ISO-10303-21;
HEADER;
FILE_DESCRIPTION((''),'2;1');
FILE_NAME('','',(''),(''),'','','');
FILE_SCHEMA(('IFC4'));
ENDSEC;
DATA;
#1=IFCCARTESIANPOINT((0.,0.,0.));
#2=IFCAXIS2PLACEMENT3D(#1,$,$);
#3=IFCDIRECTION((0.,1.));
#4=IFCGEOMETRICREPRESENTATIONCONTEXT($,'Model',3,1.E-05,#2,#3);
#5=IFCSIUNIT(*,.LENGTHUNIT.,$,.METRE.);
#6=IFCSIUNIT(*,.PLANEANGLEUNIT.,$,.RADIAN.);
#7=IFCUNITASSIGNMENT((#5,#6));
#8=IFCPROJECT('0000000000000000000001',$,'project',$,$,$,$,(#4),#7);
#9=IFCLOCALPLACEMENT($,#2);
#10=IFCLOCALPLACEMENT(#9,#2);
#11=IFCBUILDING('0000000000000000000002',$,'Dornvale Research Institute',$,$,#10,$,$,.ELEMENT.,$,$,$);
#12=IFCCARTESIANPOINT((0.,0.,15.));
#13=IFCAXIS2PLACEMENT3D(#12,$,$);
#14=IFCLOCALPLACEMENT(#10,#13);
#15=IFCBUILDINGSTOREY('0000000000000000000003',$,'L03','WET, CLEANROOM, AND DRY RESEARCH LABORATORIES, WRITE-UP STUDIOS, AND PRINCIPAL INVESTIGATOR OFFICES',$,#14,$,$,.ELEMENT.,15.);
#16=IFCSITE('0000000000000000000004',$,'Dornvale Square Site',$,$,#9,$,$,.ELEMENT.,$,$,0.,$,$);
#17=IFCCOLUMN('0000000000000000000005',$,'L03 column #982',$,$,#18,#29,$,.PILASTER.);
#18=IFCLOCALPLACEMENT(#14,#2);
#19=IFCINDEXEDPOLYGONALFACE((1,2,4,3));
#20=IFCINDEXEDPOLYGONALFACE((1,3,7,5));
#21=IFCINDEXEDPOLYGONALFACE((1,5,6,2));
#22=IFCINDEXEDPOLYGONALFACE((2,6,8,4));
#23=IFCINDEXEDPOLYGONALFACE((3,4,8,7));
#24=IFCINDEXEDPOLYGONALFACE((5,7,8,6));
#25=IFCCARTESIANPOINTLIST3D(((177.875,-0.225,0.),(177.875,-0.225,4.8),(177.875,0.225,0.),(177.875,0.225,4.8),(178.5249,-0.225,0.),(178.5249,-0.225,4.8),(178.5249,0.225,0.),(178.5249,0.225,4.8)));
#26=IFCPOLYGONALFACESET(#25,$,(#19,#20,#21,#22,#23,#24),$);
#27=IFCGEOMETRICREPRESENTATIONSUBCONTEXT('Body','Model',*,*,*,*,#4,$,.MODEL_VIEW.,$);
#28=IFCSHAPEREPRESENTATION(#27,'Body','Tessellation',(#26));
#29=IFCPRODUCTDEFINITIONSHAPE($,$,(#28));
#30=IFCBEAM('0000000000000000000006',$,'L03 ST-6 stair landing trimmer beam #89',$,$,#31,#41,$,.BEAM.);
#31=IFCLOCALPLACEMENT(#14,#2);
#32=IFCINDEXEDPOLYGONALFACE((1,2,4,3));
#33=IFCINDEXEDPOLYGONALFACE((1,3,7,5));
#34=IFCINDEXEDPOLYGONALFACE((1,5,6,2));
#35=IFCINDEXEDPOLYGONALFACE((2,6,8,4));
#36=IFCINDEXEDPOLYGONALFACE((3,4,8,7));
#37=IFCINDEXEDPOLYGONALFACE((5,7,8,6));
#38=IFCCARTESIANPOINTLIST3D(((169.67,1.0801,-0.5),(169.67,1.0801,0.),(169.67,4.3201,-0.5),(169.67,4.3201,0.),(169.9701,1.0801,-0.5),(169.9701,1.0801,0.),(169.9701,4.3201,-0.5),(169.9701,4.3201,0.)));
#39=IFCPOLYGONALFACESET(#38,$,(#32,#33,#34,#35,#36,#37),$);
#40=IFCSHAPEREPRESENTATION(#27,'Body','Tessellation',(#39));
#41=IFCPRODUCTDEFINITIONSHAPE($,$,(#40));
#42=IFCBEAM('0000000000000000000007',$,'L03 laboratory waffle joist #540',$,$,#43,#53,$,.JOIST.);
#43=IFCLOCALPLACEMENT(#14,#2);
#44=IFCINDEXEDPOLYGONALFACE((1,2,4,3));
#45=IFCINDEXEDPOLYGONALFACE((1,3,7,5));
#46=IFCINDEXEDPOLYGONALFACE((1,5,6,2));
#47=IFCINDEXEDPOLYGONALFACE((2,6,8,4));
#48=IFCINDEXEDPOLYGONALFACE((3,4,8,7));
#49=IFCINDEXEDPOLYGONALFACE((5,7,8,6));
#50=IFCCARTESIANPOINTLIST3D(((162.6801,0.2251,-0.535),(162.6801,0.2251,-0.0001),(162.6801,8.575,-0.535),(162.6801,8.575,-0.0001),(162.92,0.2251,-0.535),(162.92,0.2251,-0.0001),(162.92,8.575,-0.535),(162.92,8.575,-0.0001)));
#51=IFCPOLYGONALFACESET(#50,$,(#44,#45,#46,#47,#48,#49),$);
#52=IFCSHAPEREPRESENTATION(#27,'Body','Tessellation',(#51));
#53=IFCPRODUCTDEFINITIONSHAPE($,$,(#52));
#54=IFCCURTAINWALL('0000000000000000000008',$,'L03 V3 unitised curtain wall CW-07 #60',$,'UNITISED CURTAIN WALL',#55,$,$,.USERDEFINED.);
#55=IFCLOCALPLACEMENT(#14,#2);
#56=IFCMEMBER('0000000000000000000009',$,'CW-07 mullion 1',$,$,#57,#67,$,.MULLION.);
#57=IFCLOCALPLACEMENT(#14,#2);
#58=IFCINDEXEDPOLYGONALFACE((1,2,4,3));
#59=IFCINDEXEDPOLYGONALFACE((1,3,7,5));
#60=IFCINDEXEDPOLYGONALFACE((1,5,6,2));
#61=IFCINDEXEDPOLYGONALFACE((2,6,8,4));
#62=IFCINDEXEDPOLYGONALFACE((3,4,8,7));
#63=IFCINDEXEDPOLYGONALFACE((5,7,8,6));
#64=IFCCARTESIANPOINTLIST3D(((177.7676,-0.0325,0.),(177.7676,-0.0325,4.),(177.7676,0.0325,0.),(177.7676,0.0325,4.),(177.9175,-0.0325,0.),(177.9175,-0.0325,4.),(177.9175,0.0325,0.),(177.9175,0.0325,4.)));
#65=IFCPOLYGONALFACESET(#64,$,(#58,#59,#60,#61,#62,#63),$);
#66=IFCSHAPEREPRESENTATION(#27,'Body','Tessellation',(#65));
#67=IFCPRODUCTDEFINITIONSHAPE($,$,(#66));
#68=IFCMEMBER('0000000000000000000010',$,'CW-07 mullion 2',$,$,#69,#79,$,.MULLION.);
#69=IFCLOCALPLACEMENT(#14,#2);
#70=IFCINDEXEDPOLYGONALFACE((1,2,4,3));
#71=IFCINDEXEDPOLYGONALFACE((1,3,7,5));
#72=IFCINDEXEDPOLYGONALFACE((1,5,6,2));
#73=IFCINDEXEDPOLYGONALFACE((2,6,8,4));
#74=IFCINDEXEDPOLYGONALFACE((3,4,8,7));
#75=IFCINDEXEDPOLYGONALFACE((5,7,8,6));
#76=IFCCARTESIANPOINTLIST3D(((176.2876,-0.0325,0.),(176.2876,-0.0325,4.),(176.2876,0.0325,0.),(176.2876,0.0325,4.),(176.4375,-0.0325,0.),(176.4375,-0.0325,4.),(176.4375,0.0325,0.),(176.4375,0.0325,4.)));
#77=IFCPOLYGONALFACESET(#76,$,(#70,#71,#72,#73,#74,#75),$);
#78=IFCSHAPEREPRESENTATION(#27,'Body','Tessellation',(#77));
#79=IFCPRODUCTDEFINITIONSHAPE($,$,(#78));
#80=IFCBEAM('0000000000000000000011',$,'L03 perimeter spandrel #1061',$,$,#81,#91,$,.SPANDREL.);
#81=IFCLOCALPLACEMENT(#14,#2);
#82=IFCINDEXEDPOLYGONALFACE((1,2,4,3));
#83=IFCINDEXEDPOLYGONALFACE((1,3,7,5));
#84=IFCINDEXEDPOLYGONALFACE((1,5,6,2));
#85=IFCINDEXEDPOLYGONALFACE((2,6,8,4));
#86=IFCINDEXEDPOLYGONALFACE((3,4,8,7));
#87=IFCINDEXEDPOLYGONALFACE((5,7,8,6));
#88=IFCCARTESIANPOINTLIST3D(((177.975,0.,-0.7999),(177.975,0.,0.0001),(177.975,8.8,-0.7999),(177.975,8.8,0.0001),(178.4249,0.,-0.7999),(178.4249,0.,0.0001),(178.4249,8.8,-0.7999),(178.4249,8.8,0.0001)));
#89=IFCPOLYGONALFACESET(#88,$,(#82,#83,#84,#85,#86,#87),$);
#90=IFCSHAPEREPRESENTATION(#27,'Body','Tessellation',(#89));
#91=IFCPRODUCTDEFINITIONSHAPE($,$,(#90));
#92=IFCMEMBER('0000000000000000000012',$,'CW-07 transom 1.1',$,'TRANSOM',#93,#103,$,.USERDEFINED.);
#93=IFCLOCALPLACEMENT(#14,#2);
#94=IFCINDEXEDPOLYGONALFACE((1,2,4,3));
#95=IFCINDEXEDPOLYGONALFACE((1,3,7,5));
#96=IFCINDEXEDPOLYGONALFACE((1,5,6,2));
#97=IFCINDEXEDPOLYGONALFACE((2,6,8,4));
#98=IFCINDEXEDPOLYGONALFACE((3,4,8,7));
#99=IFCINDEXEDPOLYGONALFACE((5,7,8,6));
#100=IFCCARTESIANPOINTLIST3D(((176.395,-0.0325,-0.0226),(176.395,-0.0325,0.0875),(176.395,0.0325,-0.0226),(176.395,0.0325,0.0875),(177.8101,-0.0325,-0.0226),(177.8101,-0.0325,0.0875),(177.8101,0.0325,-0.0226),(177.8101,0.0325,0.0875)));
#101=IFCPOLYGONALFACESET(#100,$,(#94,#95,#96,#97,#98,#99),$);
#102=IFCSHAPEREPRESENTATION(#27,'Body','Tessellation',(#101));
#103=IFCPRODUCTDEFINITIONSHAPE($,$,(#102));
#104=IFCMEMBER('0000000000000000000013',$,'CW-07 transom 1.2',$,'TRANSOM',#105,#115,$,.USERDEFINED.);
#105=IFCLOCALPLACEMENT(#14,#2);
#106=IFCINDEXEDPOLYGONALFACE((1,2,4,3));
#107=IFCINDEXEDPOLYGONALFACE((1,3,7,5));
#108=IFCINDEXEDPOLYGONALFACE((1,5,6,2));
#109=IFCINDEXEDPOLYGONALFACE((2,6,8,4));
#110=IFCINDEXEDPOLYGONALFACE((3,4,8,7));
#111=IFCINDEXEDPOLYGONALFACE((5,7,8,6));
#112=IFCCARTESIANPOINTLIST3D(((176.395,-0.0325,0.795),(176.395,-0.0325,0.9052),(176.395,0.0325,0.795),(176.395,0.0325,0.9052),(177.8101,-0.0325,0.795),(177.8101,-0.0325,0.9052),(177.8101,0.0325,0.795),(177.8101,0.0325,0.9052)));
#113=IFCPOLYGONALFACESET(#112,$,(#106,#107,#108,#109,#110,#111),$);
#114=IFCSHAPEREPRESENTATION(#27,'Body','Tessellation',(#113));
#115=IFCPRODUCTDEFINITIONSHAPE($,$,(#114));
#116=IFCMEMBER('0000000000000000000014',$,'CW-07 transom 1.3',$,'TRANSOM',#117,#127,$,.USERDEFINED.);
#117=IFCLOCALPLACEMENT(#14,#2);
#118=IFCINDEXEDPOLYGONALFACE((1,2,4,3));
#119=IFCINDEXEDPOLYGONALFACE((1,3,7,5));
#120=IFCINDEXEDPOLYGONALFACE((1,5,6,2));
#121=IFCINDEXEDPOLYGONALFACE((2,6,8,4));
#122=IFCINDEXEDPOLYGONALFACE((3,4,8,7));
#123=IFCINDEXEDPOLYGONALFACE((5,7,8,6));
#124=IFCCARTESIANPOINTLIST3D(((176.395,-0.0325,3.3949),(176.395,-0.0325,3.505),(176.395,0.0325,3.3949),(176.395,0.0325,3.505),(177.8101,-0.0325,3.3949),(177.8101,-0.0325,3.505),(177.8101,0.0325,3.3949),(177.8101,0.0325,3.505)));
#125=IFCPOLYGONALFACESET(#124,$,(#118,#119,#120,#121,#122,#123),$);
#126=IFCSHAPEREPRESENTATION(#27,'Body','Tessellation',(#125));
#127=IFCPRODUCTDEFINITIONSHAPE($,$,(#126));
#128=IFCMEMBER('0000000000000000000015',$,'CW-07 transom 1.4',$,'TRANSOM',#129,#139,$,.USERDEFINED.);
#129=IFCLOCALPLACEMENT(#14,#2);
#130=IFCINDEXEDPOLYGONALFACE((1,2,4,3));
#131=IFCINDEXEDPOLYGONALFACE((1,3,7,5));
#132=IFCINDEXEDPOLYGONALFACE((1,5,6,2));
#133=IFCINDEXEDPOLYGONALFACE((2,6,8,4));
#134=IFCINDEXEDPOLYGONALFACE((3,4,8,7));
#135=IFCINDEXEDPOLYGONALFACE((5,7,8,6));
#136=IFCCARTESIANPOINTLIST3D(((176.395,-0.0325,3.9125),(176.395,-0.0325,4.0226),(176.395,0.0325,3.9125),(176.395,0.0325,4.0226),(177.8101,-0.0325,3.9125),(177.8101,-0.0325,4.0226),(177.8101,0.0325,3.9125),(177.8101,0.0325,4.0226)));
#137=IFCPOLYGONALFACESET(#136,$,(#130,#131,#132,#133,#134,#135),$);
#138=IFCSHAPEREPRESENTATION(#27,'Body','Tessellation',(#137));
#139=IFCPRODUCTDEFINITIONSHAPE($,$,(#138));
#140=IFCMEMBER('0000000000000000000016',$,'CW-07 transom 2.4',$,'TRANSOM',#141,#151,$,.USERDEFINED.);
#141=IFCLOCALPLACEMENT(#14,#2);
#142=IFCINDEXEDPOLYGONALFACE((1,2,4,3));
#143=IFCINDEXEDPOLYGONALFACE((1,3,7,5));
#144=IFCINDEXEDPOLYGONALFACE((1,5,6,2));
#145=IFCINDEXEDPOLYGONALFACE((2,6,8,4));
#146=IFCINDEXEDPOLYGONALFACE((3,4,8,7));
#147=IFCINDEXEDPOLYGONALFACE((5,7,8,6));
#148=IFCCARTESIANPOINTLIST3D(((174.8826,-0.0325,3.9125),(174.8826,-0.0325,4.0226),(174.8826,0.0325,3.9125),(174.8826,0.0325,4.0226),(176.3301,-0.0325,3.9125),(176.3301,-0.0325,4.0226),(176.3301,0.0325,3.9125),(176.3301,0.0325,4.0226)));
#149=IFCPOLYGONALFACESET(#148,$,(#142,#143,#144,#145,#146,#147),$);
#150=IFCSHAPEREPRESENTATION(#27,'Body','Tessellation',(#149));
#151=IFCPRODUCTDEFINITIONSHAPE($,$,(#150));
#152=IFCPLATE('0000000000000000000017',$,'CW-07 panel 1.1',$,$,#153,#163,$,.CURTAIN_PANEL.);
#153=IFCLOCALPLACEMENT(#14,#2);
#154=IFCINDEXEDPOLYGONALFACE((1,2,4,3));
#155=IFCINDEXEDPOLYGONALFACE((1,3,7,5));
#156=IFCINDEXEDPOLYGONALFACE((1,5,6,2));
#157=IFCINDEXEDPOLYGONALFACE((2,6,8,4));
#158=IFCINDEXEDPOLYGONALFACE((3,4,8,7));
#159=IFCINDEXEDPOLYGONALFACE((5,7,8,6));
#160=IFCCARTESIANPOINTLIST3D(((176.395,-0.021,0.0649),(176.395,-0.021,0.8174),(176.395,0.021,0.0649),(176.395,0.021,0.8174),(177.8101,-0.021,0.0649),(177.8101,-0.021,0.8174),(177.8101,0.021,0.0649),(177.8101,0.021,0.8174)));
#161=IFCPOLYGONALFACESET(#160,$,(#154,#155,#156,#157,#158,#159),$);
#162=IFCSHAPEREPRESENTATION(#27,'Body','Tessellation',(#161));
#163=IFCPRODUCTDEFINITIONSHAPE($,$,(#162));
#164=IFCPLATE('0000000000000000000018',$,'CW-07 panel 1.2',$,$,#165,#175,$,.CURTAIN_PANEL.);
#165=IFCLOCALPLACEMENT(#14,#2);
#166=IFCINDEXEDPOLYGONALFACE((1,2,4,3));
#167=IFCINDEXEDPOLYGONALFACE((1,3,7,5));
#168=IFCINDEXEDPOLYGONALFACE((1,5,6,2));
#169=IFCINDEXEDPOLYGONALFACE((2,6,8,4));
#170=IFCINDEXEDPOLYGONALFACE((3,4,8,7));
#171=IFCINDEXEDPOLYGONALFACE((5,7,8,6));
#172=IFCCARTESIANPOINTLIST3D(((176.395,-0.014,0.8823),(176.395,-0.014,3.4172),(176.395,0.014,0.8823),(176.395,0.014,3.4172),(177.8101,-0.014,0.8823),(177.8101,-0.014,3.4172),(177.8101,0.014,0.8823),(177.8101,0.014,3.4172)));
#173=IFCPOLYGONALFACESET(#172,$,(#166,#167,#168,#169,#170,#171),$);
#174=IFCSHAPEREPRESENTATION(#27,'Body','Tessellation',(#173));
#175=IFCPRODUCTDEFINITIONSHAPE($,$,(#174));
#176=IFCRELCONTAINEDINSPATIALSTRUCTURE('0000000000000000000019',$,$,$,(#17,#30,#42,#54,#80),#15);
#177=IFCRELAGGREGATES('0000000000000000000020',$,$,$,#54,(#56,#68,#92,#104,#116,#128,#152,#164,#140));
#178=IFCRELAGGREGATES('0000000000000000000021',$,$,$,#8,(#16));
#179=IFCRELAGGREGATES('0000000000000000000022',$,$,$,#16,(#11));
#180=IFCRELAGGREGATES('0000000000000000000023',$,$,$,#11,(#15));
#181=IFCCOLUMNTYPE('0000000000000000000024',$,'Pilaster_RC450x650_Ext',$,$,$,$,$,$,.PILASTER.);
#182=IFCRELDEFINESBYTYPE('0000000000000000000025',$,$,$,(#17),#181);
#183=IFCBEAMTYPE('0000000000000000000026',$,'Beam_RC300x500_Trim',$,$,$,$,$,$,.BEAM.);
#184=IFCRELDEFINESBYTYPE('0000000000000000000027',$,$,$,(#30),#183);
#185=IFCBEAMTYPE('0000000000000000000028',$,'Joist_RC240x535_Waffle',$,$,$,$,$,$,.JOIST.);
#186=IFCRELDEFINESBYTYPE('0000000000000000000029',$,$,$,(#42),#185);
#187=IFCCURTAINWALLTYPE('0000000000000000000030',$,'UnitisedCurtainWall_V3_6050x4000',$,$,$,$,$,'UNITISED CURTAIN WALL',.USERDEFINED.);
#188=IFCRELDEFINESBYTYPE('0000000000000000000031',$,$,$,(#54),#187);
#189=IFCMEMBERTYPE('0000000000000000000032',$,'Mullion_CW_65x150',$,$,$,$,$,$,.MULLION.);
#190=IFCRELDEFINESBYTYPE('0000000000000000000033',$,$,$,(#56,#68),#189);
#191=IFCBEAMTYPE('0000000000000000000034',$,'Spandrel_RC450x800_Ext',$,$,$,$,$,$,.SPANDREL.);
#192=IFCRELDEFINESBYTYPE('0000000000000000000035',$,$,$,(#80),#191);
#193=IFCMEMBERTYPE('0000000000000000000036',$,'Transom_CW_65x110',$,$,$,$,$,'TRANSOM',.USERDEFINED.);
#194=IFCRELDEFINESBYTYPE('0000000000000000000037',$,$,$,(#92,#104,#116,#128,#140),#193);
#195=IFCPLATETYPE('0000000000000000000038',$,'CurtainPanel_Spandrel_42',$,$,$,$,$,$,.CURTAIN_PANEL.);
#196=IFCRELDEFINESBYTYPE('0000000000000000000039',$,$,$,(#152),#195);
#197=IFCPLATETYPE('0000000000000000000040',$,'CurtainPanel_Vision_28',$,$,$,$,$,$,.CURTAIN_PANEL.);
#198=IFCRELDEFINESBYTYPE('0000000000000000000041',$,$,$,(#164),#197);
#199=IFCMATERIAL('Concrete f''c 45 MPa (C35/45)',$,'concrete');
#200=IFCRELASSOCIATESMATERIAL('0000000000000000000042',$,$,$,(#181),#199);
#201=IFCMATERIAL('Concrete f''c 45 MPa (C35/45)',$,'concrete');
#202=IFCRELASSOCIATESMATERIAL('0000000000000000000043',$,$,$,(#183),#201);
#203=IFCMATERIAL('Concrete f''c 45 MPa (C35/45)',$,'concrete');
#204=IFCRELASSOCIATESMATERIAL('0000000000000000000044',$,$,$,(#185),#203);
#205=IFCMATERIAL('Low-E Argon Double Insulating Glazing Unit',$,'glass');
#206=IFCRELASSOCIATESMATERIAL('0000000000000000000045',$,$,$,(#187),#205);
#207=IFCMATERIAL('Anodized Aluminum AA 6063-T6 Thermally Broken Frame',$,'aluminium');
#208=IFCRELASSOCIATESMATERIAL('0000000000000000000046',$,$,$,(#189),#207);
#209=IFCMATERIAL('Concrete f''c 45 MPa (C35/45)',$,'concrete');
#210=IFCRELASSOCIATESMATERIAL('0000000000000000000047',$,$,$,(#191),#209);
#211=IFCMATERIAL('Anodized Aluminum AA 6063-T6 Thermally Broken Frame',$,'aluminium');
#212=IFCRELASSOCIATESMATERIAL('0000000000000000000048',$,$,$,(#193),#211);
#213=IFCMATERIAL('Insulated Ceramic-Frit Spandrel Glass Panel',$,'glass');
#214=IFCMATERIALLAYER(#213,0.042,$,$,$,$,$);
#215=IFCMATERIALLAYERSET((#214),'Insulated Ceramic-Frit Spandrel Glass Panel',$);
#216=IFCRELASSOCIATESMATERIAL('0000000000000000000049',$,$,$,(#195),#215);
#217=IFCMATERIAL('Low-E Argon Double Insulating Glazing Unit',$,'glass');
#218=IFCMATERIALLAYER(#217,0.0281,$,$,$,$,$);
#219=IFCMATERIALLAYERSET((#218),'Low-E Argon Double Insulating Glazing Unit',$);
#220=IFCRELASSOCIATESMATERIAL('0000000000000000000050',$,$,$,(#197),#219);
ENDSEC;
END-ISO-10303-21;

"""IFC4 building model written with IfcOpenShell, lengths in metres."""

from ifc_helpers import new_model, si_unit, direction, frame, origin, origin_2d, place, context, subcontext, project, spatial, rectangle, extrude, material, layer, layer_set, material_profile, profile_set, type_object, element, aggregate, save


model = new_model("IFC4")

# Units and contexts
model_context = context("Model", 3, precision=1e-05, world=origin(), true_north=direction((0.0, 1.0)))
body_context = subcontext(model_context, "Body", "Model", "MODEL_VIEW")
ifc_project = project(units=[si_unit("LENGTHUNIT", "METRE"), si_unit("PLANEANGLEUNIT", "RADIAN")], contexts=[model_context])

# Site, building, storey
site_placement = place(None, origin())
site = spatial("IfcSite", under=ifc_project, at=site_placement, Name="Dornvale Square Site", CompositionType="ELEMENT", RefElevation=0.0)
building_placement = place(site_placement, origin())
building = spatial("IfcBuilding", under=site, at=building_placement, Name="Dornvale Research Institute", CompositionType="ELEMENT")
storey_placement = place(building_placement, frame((0.0, 0.0, 15.0)))
storey = spatial("IfcBuildingStorey", under=building, at=storey_placement, Name="L03", Description="WET, CLEANROOM, AND DRY RESEARCH LABORATORIES, WRITE-UP STUDIOS, AND PRINCIPAL INVESTIGATOR OFFICES", CompositionType="ELEMENT", Elevation=15.0)

# Column
ifc_material_1 = material(Name="Concrete f'c 45 MPa (C35/45)", Category="concrete")
ifc_material_profile_1 = material_profile(ifc_material_1, rectangle(XDim=0.45, YDim=0.6499, at=origin_2d()), Name="RC 450x650")
ifc_profile_set_1 = profile_set([ifc_material_profile_1], Name="Concrete f'c 45 MPa (C35/45)")
column_type = type_object("IfcColumnType", Name="Pilaster_RC450x650_Ext", PredefinedType="PILASTER", material=ifc_profile_set_1)
column_placement = place(storey_placement, frame((178.2, 0.0, 0.0), z_axis=(0.0, 0.0, 1.0), x_axis=(0.0, 1.0, 0.0)))
element("IfcColumn", 1, at=column_placement, inside=storey, type_object=column_type, Name="L03 column #982", PredefinedType="PILASTER", context=body_context, shape_type="SweptSolid", body=[
    extrude(rectangle(XDim=0.45, YDim=0.6499, at=origin_2d()), origin(), (0.0, 0.0, 1.0), 4.8),
])

# Beams
ifc_material_2 = material(Name="Concrete f'c 45 MPa (C35/45)", Category="concrete")
ifc_material_profile_2 = material_profile(ifc_material_2, rectangle(XDim=0.3, YDim=0.5, at=origin_2d()), Name="RC 300x500")
ifc_profile_set_2 = profile_set([ifc_material_profile_2], Name="Concrete f'c 45 MPa (C35/45)")
beam_type_1 = type_object("IfcBeamType", Name="Beam_RC300x500_Trim", PredefinedType="BEAM", material=ifc_profile_set_2)
beam_1_placement = place(storey_placement, frame((169.8201, 1.0801, -0.25), z_axis=(0.0, 1.0, 0.0), x_axis=(-1.0, 0.0, 0.0)))
element("IfcBeam", 2, at=beam_1_placement, inside=storey, type_object=beam_type_1, Name="L03 ST-6 stair landing trimmer beam #89", PredefinedType="BEAM", context=body_context, shape_type="SweptSolid", body=[
    extrude(rectangle(XDim=0.3, YDim=0.5, at=origin_2d()), origin(), (0.0, 0.0, 1.0), 3.24),
])
ifc_material_3 = material(Name="Concrete f'c 45 MPa (C35/45)", Category="concrete")
ifc_material_profile_3 = material_profile(ifc_material_3, rectangle(XDim=0.24, YDim=0.5349, at=origin_2d()), Name="RC 240x535")
ifc_profile_set_3 = profile_set([ifc_material_profile_3], Name="Concrete f'c 45 MPa (C35/45)")
beam_type_2 = type_object("IfcBeamType", Name="Joist_RC240x535_Waffle", PredefinedType="JOIST", material=ifc_profile_set_3)
beam_2_placement = place(storey_placement, frame((162.8, 0.2251, -0.2676), z_axis=(0.0, 1.0, 0.0), x_axis=(-1.0, 0.0, 0.0)))
element("IfcBeam", 3, at=beam_2_placement, inside=storey, type_object=beam_type_2, Name="L03 laboratory waffle joist #540", PredefinedType="JOIST", context=body_context, shape_type="SweptSolid", body=[
    extrude(rectangle(XDim=0.24, YDim=0.5349, at=origin_2d()), origin(), (0.0, 0.0, 1.0), 8.3499),
])

# Curtain wall, members
ifc_material_4 = material(Name="Low-E Argon Double Insulating Glazing Unit", Category="glass")
curtain_wall_type = type_object("IfcCurtainWallType", Name="UnitisedCurtainWall_V3_6050x4000", ElementType="UNITISED CURTAIN WALL", PredefinedType="USERDEFINED", material=ifc_material_4)
curtain_wall_placement = place(storey_placement, origin())
curtain_wall = element("IfcCurtainWall", 4, at=curtain_wall_placement, inside=storey, type_object=curtain_wall_type, Name="L03 V3 unitised curtain wall CW-07 #60", ObjectType="UNITISED CURTAIN WALL", PredefinedType="USERDEFINED")
ifc_material_5 = material(Name="Anodized Aluminum AA 6063-T6 Thermally Broken Frame", Category="aluminium")
ifc_material_profile_4 = material_profile(ifc_material_5, rectangle(XDim=0.0649, YDim=0.1499, at=origin_2d()), Name="ALU MULLION 65x150")
ifc_profile_set_4 = profile_set([ifc_material_profile_4], Name="Anodized Aluminum AA 6063-T6 Thermally Broken Frame")
member_type_1 = type_object("IfcMemberType", Name="Mullion_CW_65x150", PredefinedType="MULLION", material=ifc_profile_set_4)
member_1_placement = place(storey_placement, frame((177.8425, 0.0, 0.0), z_axis=(0.0, 0.0, 1.0), x_axis=(0.0, -1.0, 0.0)))
member_1 = element("IfcMember", 5, at=member_1_placement, type_object=member_type_1, Name="CW-07 mullion 1", PredefinedType="MULLION", context=body_context, shape_type="SweptSolid", body=[
    extrude(rectangle(XDim=0.0649, YDim=0.1499, at=origin_2d()), origin(), (0.0, 0.0, 1.0), 4.0),
])
member_2_placement = place(storey_placement, frame((176.3625, 0.0, 0.0), z_axis=(0.0, 0.0, 1.0), x_axis=(0.0, -1.0, 0.0)))
member_2 = element("IfcMember", 6, at=member_2_placement, type_object=member_type_1, Name="CW-07 mullion 2", PredefinedType="MULLION", context=body_context, shape_type="SweptSolid", body=[
    extrude(rectangle(XDim=0.0649, YDim=0.1499, at=origin_2d()), origin(), (0.0, 0.0, 1.0), 4.0),
])

# Beam
ifc_material_6 = material(Name="Concrete f'c 45 MPa (C35/45)", Category="concrete")
ifc_material_profile_5 = material_profile(ifc_material_6, rectangle(XDim=0.45, YDim=0.8, at=origin_2d()), Name="RC 450x800")
ifc_profile_set_5 = profile_set([ifc_material_profile_5], Name="Concrete f'c 45 MPa (C35/45)")
beam_type_3 = type_object("IfcBeamType", Name="Spandrel_RC450x800_Ext", PredefinedType="SPANDREL", material=ifc_profile_set_5)
beam_3_placement = place(storey_placement, frame((178.2, 0.0, -0.3999), z_axis=(0.0, 1.0, 0.0), x_axis=(-1.0, 0.0, 0.0)))
element("IfcBeam", 7, at=beam_3_placement, inside=storey, type_object=beam_type_3, Name="L03 perimeter spandrel #1061", PredefinedType="SPANDREL", context=body_context, shape_type="SweptSolid", body=[
    extrude(rectangle(XDim=0.45, YDim=0.8, at=origin_2d()), origin(), (0.0, 0.0, 1.0), 8.8),
])

# Members
ifc_material_7 = material(Name="Anodized Aluminum AA 6063-T6 Thermally Broken Frame", Category="aluminium")
ifc_material_profile_6 = material_profile(ifc_material_7, rectangle(XDim=0.0649, YDim=0.1101, at=origin_2d()), Name="ALU TRANSOM 65x110")
ifc_profile_set_6 = profile_set([ifc_material_profile_6], Name="Anodized Aluminum AA 6063-T6 Thermally Broken Frame")
member_type_2 = type_object("IfcMemberType", Name="Transom_CW_65x110", ElementType="TRANSOM", PredefinedType="USERDEFINED", material=ifc_profile_set_6)
member_3_placement = place(storey_placement, frame((177.8101, 0.0, 0.0325), z_axis=(-1.0, 0.0, 0.0), x_axis=(0.0, -1.0, 0.0)))
member_3 = element("IfcMember", 8, at=member_3_placement, type_object=member_type_2, Name="CW-07 transom 1.1", ObjectType="TRANSOM", PredefinedType="USERDEFINED", context=body_context, shape_type="SweptSolid", body=[
    extrude(rectangle(XDim=0.0649, YDim=0.1101, at=origin_2d()), origin(), (0.0, 0.0, 1.0), 1.415),
])
member_4_placement = place(storey_placement, frame((177.8101, 0.0, 0.8501), z_axis=(-1.0, 0.0, 0.0), x_axis=(0.0, -1.0, 0.0)))
member_4 = element("IfcMember", 9, at=member_4_placement, type_object=member_type_2, Name="CW-07 transom 1.2", ObjectType="TRANSOM", PredefinedType="USERDEFINED", context=body_context, shape_type="SweptSolid", body=[
    extrude(rectangle(XDim=0.0649, YDim=0.1101, at=origin_2d()), origin(), (0.0, 0.0, 1.0), 1.415),
])
member_5_placement = place(storey_placement, frame((177.8101, 0.0, 3.45), z_axis=(-1.0, 0.0, 0.0), x_axis=(0.0, -1.0, 0.0)))
member_5 = element("IfcMember", 10, at=member_5_placement, type_object=member_type_2, Name="CW-07 transom 1.3", ObjectType="TRANSOM", PredefinedType="USERDEFINED", context=body_context, shape_type="SweptSolid", body=[
    extrude(rectangle(XDim=0.0649, YDim=0.1101, at=origin_2d()), origin(), (0.0, 0.0, 1.0), 1.415),
])
member_6_placement = place(storey_placement, frame((177.8101, 0.0, 3.9675), z_axis=(-1.0, 0.0, 0.0), x_axis=(0.0, -1.0, 0.0)))
member_6 = element("IfcMember", 11, at=member_6_placement, type_object=member_type_2, Name="CW-07 transom 1.4", ObjectType="TRANSOM", PredefinedType="USERDEFINED", context=body_context, shape_type="SweptSolid", body=[
    extrude(rectangle(XDim=0.0649, YDim=0.1101, at=origin_2d()), origin(), (0.0, 0.0, 1.0), 1.415),
])
member_7_placement = place(storey_placement, frame((176.3301, 0.0, 3.9675), z_axis=(-1.0, 0.0, 0.0), x_axis=(0.0, -1.0, 0.0)))
member_7 = element("IfcMember", 12, at=member_7_placement, type_object=member_type_2, Name="CW-07 transom 2.4", ObjectType="TRANSOM", PredefinedType="USERDEFINED", context=body_context, shape_type="SweptSolid", body=[
    extrude(rectangle(XDim=0.0649, YDim=0.1101, at=origin_2d()), origin(), (0.0, 0.0, 1.0), 1.4475),
])

# Plates
ifc_material_8 = material(Name="Insulated Ceramic-Frit Spandrel Glass Panel", Category="glass")
ifc_layer_1 = layer(ifc_material_8, 0.042)
ifc_layer_set_1 = layer_set([ifc_layer_1], Name="Insulated Ceramic-Frit Spandrel Glass Panel")
plate_type_1 = type_object("IfcPlateType", Name="CurtainPanel_Spandrel_42", PredefinedType="CURTAIN_PANEL", material=ifc_layer_set_1)
plate_1_placement = place(storey_placement, frame((177.1025, 0.0, 0.0649), z_axis=(0.0, 0.0, 1.0), x_axis=(-1.0, 0.0, 0.0)))
plate_1 = element("IfcPlate", 13, at=plate_1_placement, type_object=plate_type_1, Name="CW-07 panel 1.1", PredefinedType="CURTAIN_PANEL", context=body_context, shape_type="SweptSolid", body=[
    extrude(rectangle(XDim=1.415, YDim=0.042, at=origin_2d()), origin(), (0.0, 0.0, 1.0), 0.7524),
])
ifc_material_9 = material(Name="Low-E Argon Double Insulating Glazing Unit", Category="glass")
ifc_layer_2 = layer(ifc_material_9, 0.0281)
ifc_layer_set_2 = layer_set([ifc_layer_2], Name="Low-E Argon Double Insulating Glazing Unit")
plate_type_2 = type_object("IfcPlateType", Name="CurtainPanel_Vision_28", PredefinedType="CURTAIN_PANEL", material=ifc_layer_set_2)
plate_2_placement = place(storey_placement, frame((177.1025, 0.0, 0.8823), z_axis=(0.0, 0.0, 1.0), x_axis=(-1.0, 0.0, 0.0)))
plate_2 = element("IfcPlate", 14, at=plate_2_placement, type_object=plate_type_2, Name="CW-07 panel 1.2", PredefinedType="CURTAIN_PANEL", context=body_context, shape_type="SweptSolid", body=[
    extrude(rectangle(XDim=1.415, YDim=0.0281, at=origin_2d()), origin(), (0.0, 0.0, 1.0), 2.5349),
])
aggregate(curtain_wall, [member_1, member_2, member_3, member_4, member_5, member_6, plate_1, plate_2, member_7])

save(model, "model.ifc")
